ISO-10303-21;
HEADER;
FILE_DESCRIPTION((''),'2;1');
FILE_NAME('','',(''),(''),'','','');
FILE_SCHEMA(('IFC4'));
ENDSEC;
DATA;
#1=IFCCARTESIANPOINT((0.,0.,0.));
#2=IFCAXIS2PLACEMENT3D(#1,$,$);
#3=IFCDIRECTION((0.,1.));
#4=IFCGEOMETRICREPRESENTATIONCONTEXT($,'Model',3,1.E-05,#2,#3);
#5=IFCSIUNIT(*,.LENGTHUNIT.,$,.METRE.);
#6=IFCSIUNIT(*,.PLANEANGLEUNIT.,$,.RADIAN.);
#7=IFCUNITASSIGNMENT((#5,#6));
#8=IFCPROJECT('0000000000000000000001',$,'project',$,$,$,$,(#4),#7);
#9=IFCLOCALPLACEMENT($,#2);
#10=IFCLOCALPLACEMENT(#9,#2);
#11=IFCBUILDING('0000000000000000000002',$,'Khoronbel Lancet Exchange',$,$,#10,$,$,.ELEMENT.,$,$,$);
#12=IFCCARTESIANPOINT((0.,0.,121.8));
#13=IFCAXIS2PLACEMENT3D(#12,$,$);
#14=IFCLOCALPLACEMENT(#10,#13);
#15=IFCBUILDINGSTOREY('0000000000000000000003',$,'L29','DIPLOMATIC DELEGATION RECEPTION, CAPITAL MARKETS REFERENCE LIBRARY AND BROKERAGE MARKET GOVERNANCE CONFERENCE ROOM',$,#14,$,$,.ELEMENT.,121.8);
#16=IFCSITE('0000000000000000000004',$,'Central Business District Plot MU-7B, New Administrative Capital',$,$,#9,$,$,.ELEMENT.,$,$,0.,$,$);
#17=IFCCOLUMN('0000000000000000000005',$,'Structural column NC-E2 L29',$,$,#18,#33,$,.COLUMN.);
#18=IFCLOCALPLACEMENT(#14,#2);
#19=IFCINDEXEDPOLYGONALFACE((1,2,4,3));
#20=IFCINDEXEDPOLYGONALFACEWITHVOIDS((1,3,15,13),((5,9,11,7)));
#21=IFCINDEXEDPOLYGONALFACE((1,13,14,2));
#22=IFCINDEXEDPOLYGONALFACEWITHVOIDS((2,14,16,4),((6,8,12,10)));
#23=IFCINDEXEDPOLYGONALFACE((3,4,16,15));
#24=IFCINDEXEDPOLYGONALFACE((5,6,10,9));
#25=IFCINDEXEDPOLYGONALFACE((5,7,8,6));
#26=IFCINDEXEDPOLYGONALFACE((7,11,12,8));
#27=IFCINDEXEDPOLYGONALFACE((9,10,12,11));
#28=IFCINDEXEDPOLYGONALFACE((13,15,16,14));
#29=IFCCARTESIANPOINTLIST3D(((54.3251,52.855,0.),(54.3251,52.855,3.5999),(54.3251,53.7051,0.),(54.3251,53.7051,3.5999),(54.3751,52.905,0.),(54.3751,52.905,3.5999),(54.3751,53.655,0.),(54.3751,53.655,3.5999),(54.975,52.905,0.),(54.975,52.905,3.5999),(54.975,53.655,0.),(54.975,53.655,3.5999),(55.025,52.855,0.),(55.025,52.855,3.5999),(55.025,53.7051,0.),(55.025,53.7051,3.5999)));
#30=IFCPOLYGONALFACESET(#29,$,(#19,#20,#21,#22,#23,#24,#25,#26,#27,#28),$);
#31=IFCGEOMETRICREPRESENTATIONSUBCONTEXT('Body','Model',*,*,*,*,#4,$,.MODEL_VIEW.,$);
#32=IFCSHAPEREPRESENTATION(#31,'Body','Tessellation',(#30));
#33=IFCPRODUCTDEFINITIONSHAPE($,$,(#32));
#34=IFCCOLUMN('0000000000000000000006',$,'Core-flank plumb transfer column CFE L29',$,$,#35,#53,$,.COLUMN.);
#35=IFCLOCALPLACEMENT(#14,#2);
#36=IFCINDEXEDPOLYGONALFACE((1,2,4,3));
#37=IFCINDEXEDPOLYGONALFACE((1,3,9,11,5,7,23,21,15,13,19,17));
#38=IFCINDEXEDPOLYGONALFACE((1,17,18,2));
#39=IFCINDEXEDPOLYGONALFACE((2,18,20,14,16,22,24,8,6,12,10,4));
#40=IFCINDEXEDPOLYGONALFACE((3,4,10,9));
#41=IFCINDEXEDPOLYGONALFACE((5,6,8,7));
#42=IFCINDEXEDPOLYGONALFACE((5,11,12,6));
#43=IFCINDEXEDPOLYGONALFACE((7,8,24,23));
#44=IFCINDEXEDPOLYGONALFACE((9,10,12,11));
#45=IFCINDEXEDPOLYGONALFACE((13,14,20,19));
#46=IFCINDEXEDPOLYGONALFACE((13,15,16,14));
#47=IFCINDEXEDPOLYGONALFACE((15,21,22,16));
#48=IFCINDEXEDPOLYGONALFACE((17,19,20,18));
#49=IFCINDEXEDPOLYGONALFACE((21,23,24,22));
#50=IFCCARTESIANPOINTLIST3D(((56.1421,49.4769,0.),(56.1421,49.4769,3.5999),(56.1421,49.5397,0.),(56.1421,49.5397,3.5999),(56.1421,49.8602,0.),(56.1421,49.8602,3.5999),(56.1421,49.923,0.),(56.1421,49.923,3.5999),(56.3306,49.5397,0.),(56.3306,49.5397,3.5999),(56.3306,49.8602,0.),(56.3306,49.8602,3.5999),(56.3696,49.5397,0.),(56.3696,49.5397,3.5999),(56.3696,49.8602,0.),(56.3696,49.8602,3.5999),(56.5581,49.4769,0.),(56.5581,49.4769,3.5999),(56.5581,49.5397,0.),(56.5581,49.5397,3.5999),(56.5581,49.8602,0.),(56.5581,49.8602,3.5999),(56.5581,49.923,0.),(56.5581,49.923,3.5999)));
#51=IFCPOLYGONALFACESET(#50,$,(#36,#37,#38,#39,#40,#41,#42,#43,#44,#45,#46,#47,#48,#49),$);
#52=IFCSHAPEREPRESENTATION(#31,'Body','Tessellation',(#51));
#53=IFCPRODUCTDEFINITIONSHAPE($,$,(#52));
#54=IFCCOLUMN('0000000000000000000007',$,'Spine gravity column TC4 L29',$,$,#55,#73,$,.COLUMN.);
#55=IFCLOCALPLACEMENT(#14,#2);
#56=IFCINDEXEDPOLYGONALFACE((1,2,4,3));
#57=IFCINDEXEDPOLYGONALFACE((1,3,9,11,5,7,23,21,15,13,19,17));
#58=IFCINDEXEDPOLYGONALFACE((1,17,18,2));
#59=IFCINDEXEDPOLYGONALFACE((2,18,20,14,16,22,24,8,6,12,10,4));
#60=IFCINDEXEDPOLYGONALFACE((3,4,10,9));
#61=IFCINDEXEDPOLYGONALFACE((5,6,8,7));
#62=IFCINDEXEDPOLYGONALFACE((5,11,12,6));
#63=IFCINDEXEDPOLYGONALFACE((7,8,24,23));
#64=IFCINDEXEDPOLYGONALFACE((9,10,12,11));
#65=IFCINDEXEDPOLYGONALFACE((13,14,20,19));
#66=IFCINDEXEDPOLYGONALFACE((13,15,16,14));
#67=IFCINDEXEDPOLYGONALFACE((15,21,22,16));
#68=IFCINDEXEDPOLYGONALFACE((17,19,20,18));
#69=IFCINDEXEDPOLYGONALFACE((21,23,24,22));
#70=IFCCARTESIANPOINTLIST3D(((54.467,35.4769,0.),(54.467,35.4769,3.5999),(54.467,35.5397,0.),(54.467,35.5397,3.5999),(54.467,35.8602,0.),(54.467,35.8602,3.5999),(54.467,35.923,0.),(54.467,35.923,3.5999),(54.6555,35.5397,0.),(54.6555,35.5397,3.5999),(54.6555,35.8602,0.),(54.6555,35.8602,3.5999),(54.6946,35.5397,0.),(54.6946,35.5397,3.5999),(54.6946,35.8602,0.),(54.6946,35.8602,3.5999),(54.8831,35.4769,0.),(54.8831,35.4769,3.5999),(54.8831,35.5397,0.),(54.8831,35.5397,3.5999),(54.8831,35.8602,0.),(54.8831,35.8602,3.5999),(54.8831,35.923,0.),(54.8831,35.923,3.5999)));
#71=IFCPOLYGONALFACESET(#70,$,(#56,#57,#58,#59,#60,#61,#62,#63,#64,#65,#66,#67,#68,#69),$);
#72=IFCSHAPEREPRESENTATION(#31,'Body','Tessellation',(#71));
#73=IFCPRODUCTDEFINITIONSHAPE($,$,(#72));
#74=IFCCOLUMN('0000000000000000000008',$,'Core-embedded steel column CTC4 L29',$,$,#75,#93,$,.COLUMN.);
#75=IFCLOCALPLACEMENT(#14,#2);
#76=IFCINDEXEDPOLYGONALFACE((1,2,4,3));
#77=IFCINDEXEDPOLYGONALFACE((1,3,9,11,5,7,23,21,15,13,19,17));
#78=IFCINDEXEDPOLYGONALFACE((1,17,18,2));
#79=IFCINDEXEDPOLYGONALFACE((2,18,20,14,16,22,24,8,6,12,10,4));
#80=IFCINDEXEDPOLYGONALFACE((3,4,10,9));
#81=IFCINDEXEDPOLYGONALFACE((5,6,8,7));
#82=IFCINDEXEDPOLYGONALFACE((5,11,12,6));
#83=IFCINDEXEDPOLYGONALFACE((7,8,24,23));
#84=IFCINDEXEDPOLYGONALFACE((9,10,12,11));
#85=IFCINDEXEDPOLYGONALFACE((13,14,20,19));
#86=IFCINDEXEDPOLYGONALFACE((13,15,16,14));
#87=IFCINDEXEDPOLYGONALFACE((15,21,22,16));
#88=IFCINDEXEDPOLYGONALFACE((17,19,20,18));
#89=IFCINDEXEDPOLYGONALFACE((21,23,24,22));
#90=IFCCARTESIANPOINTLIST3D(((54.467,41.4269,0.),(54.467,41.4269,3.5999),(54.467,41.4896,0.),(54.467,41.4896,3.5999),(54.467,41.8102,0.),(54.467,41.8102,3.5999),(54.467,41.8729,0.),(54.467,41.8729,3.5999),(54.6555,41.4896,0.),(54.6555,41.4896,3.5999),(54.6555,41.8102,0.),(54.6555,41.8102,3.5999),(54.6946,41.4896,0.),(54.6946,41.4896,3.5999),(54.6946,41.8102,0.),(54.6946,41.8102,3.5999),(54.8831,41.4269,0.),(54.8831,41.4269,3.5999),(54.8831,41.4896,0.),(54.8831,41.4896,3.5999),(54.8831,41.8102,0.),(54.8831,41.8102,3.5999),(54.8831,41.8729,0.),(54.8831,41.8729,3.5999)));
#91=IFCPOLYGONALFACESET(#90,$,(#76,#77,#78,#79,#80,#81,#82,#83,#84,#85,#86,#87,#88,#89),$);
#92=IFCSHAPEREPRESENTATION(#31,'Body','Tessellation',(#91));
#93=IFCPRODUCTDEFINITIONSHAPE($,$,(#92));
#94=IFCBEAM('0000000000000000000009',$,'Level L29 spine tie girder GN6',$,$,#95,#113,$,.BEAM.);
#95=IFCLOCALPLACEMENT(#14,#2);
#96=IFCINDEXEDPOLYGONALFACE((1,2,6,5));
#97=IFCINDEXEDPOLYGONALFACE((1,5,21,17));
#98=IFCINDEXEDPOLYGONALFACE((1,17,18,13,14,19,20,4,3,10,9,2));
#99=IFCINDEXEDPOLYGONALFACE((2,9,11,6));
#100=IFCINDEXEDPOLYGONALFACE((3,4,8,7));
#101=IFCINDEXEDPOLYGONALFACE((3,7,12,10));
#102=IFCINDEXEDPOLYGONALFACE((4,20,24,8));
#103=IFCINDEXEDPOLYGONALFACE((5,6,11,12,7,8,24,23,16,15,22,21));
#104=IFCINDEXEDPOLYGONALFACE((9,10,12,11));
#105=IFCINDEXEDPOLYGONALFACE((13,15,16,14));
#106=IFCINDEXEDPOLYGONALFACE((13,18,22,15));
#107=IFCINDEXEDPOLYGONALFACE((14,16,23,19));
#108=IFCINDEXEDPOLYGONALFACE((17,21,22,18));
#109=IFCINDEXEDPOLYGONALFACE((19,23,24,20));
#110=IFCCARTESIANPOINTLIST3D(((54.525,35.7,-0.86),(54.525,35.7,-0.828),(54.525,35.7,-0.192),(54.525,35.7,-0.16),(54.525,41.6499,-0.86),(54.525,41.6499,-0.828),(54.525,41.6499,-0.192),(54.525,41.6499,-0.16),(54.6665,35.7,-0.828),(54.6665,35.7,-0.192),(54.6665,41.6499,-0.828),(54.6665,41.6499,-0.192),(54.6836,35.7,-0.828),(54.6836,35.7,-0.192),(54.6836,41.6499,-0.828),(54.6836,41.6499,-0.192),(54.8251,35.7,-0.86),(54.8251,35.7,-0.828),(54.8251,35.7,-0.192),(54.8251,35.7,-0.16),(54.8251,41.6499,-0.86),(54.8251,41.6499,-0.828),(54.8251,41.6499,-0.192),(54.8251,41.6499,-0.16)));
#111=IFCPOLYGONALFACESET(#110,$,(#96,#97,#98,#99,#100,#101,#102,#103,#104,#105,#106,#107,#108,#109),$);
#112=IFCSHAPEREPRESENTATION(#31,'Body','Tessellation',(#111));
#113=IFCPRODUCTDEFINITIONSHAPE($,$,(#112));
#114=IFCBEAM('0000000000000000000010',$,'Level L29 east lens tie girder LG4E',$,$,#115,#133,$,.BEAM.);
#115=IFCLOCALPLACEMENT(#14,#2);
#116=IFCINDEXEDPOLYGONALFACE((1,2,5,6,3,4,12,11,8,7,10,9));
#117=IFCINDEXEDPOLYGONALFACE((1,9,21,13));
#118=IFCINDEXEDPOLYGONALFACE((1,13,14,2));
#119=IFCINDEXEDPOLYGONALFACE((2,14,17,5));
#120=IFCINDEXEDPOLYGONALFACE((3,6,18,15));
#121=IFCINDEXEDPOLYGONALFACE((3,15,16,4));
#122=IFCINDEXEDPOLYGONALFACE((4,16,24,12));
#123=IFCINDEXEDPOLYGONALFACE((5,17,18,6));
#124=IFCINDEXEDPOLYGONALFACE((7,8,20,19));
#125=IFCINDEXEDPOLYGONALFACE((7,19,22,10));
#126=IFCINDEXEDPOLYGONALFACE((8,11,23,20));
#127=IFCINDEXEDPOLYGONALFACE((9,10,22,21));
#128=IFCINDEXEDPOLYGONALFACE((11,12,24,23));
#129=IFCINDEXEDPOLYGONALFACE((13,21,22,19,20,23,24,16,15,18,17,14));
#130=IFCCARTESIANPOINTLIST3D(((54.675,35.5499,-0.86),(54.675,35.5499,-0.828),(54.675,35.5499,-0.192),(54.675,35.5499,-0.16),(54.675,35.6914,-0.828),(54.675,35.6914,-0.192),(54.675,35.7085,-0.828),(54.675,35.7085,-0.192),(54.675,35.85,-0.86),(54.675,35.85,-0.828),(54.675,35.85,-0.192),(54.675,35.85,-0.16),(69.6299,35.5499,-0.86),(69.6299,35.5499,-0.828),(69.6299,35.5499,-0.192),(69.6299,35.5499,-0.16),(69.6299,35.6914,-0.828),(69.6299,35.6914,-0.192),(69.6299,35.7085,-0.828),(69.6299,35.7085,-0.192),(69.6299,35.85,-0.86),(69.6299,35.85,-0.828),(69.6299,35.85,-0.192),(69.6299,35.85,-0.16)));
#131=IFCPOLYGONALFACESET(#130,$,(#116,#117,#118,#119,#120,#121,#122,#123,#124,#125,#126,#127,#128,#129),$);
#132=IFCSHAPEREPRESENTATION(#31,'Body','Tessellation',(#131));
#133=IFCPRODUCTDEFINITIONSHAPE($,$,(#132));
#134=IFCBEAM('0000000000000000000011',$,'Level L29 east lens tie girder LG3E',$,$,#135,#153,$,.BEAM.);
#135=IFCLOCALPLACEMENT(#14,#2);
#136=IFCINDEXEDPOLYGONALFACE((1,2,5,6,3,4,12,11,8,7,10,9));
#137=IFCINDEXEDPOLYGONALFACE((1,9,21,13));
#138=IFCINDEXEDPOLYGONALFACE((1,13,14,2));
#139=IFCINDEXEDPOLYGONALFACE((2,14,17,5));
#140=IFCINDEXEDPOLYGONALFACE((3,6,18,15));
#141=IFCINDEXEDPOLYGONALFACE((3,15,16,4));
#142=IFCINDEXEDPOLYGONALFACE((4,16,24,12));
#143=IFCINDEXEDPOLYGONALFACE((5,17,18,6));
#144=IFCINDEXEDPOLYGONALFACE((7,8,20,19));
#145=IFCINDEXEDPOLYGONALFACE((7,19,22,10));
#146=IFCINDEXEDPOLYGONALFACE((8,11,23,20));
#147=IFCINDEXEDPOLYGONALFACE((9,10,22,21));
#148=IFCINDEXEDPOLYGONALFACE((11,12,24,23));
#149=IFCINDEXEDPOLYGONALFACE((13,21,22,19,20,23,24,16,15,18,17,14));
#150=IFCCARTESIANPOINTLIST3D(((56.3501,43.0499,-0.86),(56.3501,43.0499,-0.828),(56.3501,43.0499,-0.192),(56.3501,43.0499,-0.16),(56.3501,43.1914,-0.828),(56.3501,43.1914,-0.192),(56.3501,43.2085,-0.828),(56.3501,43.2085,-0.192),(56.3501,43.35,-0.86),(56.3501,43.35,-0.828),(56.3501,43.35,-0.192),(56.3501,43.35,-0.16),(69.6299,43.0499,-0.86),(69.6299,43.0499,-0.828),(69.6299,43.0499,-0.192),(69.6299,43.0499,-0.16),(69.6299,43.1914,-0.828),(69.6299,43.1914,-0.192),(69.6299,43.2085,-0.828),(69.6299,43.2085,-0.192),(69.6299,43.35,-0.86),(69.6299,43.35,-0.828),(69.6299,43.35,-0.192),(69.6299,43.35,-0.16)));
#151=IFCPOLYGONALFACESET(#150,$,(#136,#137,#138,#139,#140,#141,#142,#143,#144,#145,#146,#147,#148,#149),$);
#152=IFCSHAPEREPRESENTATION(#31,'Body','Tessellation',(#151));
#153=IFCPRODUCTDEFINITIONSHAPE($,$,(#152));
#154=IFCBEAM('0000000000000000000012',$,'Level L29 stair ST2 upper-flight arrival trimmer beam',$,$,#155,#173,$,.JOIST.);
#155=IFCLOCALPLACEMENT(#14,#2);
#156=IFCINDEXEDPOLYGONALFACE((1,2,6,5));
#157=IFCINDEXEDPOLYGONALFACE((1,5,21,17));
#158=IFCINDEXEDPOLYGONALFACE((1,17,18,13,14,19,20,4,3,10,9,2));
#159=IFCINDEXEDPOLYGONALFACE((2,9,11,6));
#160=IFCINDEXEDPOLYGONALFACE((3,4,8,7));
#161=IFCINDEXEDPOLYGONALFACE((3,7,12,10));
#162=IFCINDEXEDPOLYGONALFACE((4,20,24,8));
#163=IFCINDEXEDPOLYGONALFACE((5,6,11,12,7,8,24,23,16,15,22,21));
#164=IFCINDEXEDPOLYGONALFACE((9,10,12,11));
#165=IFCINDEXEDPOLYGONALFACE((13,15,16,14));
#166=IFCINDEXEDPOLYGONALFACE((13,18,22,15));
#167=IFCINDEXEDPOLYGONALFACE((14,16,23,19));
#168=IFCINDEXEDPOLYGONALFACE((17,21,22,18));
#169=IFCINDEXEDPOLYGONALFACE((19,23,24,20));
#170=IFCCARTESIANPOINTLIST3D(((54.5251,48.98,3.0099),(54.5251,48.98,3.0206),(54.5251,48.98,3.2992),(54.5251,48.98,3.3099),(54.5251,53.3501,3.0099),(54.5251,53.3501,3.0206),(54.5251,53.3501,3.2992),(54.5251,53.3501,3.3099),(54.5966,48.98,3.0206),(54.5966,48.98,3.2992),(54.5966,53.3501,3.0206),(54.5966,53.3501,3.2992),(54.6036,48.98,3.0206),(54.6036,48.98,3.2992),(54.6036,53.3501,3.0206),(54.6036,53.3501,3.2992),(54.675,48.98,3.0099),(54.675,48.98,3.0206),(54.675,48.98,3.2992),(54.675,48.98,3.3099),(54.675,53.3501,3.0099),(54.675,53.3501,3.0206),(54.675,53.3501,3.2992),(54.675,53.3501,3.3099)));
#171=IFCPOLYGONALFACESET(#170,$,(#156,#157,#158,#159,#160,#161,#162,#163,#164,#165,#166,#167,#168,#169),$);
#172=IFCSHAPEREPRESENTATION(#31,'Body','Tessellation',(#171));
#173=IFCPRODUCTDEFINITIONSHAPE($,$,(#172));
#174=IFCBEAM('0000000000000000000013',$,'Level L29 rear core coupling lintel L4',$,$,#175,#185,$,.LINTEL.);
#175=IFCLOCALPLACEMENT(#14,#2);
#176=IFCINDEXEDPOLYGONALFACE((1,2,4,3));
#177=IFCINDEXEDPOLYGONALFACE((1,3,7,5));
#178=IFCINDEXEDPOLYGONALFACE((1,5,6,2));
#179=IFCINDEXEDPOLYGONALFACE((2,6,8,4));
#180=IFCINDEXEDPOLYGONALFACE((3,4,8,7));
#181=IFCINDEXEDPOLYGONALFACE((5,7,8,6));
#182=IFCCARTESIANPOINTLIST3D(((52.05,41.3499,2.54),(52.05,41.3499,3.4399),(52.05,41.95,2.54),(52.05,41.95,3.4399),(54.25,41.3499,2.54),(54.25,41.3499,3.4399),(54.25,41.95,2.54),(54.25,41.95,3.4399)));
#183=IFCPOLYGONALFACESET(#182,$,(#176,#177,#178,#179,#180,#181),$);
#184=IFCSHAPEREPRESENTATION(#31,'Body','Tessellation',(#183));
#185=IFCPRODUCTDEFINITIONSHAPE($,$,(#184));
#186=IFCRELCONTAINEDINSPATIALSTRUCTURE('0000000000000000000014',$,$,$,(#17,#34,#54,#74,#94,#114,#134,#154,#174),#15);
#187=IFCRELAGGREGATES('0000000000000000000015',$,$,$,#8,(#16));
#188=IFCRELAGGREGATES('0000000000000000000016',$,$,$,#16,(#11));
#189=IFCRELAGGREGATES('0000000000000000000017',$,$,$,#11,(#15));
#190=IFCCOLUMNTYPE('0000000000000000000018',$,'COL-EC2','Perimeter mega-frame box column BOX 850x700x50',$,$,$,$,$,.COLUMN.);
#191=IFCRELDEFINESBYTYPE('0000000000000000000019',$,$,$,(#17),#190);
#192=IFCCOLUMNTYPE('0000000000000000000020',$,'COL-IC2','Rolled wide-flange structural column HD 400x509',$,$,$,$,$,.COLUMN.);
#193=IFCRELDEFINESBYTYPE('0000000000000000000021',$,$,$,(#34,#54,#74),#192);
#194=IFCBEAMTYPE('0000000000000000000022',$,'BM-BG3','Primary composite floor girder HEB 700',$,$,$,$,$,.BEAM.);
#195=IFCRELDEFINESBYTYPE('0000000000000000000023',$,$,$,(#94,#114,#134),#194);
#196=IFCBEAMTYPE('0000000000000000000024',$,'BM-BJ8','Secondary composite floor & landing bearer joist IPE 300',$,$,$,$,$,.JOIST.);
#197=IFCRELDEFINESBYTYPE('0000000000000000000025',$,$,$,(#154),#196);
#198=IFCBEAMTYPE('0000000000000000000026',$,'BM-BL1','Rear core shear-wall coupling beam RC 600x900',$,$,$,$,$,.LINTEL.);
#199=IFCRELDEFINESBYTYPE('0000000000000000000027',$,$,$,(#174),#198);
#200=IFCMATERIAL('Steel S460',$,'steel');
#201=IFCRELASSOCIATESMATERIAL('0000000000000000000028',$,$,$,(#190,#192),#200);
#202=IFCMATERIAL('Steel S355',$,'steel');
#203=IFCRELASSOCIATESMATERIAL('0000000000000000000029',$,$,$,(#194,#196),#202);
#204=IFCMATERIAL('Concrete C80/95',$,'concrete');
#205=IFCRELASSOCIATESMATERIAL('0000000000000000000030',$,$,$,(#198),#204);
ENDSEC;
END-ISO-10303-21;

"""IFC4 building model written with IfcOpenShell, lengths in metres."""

from ifc_helpers import new_model, si_unit, direction, frame, origin, origin_2d, place, context, subcontext, project, spatial, rectangle, hollow_rectangle, i_section, extrude, material, material_profile, profile_set, type_object, element, save


model = new_model("IFC4")

# Units and contexts
model_context = context("Model", 3, precision=1e-05, world=origin(), true_north=direction((0.0, 1.0)))
body_context = subcontext(model_context, "Body", "Model", "MODEL_VIEW")
ifc_project = project(units=[si_unit("LENGTHUNIT", "METRE"), si_unit("PLANEANGLEUNIT", "RADIAN")], contexts=[model_context])

# Site, building, storey
site_placement = place(None, origin())
site = spatial("IfcSite", under=ifc_project, at=site_placement, Name="Central Business District Plot MU-7B, New Administrative Capital", CompositionType="ELEMENT", RefElevation=0.0)
building_placement = place(site_placement, origin())
building = spatial("IfcBuilding", under=site, at=building_placement, Name="Khoronbel Lancet Exchange", CompositionType="ELEMENT")
storey_placement = place(building_placement, frame((0.0, 0.0, 121.8)))
storey = spatial("IfcBuildingStorey", under=building, at=storey_placement, Name="L29", Description="DIPLOMATIC DELEGATION RECEPTION, CAPITAL MARKETS REFERENCE LIBRARY AND BROKERAGE MARKET GOVERNANCE CONFERENCE ROOM", CompositionType="ELEMENT", Elevation=121.8)

# Columns
ifc_material_1 = material(Name="Steel S460", Category="steel")
ifc_material_profile_1 = material_profile(ifc_material_1, hollow_rectangle(XDim=0.7, YDim=0.8501, WallThickness=0.05, at=origin_2d()), Name="BOX 850x700x50")
ifc_profile_set_1 = profile_set([ifc_material_profile_1], Name="Steel S460")
column_type_1 = type_object("IfcColumnType", Name="COL-EC2", Description="Perimeter mega-frame box column BOX 850x700x50", PredefinedType="COLUMN", material=ifc_profile_set_1)
column_placement = place(storey_placement, frame((54.675, 53.28, 0.0), z_axis=(0.0, 0.0, 1.0), x_axis=(1.0, 0.0, 0.0)))
element("IfcColumn", 1, at=column_placement, inside=storey, type_object=column_type_1, Name="Structural column NC-E2 L29", PredefinedType="COLUMN", context=body_context, shape_type="SweptSolid", body=[
    extrude(hollow_rectangle(XDim=0.7, YDim=0.8501, WallThickness=0.05, at=origin_2d()), origin(), (0.0, 0.0, 1.0), 3.5999),
])
ifc_material_profile_2 = material_profile(ifc_material_1, i_section(OverallWidth=0.416, OverallDepth=0.446, WebThickness=0.0391, FlangeThickness=0.0627, at=origin_2d()), Name="HD 400x509")
ifc_profile_set_2 = profile_set([ifc_material_profile_2], Name="Steel S460")
column_type_2 = type_object("IfcColumnType", Name="COL-IC2", Description="Rolled wide-flange structural column HD 400x509", PredefinedType="COLUMN", material=ifc_profile_set_2)
for number, where, z_axis, x_axis, name in (
    (2, (56.3501, 49.7, 0.0), (0.0, 0.0, 1.0), (1.0, 0.0, 0.0), "Core-flank plumb transfer column CFE L29"),
    (3, (54.675, 35.7, 0.0), (0.0, 0.0, 1.0), (1.0, 0.0, 0.0), "Spine gravity column TC4 L29"),
    (4, (54.675, 41.6499, 0.0), (0.0, 0.0, 1.0), (1.0, 0.0, 0.0), "Core-embedded steel column CTC4 L29"),
):
    element("IfcColumn", number, at=place(storey_placement, frame(where, z_axis=z_axis, x_axis=x_axis)), inside=storey, type_object=column_type_2, Name=name, PredefinedType="COLUMN", context=body_context, shape_type="SweptSolid", body=[
        extrude(i_section(OverallWidth=0.416, OverallDepth=0.446, WebThickness=0.0391, FlangeThickness=0.0627, at=origin_2d()), origin(), (0.0, 0.0, 1.0), 3.5999),
    ])

# Beams
ifc_material_2 = material(Name="Steel S355", Category="steel")
ifc_material_profile_3 = material_profile(ifc_material_2, i_section(OverallWidth=0.3, OverallDepth=0.7, WebThickness=0.0171, FlangeThickness=0.032, at=origin_2d()), Name="HEB 700")
ifc_profile_set_3 = profile_set([ifc_material_profile_3], Name="Steel S355")
beam_type_1 = type_object("IfcBeamType", Name="BM-BG3", Description="Primary composite floor girder HEB 700", PredefinedType="BEAM", material=ifc_profile_set_3)
beam_1_placement = place(storey_placement, frame((54.675, 35.7, -0.51), z_axis=(0.0, 1.0, 0.0), x_axis=(-1.0, 0.0, 0.0)))
element("IfcBeam", 5, at=beam_1_placement, inside=storey, type_object=beam_type_1, Name="Level L29 spine tie girder GN6", PredefinedType="BEAM", context=body_context, shape_type="SweptSolid", body=[
    extrude(i_section(OverallWidth=0.3, OverallDepth=0.7, WebThickness=0.0171, FlangeThickness=0.032, at=origin_2d()), origin(), (0.0, 0.0, 1.0), 5.95),
])
beam_2_placement = place(storey_placement, frame((54.675, 35.7, -0.51), z_axis=(1.0, 0.0, 0.0), x_axis=(0.0, 1.0, 0.0)))
element("IfcBeam", 6, at=beam_2_placement, inside=storey, type_object=beam_type_1, Name="Level L29 east lens tie girder LG4E", PredefinedType="BEAM", context=body_context, shape_type="SweptSolid", body=[
    extrude(i_section(OverallWidth=0.3, OverallDepth=0.7, WebThickness=0.0171, FlangeThickness=0.032, at=origin_2d()), origin(), (0.0, 0.0, 1.0), 14.9548),
])
beam_3_placement = place(storey_placement, frame((56.3501, 43.2, -0.51), z_axis=(1.0, 0.0, 0.0), x_axis=(0.0, 1.0, 0.0)))
element("IfcBeam", 7, at=beam_3_placement, inside=storey, type_object=beam_type_1, Name="Level L29 east lens tie girder LG3E", PredefinedType="BEAM", context=body_context, shape_type="SweptSolid", body=[
    extrude(i_section(OverallWidth=0.3, OverallDepth=0.7, WebThickness=0.0171, FlangeThickness=0.032, at=origin_2d()), origin(), (0.0, 0.0, 1.0), 13.2798),
])
ifc_material_profile_4 = material_profile(ifc_material_2, i_section(OverallWidth=0.1499, OverallDepth=0.3, WebThickness=0.0071, FlangeThickness=0.0107, at=origin_2d()), Name="IPE 300")
ifc_profile_set_4 = profile_set([ifc_material_profile_4], Name="Steel S355")
beam_type_2 = type_object("IfcBeamType", Name="BM-BJ8", Description="Secondary composite floor & landing bearer joist IPE 300", PredefinedType="JOIST", material=ifc_profile_set_4)
beam_4_placement = place(storey_placement, frame((54.6001, 48.98, 3.1599), z_axis=(0.0, 1.0, 0.0), x_axis=(-1.0, 0.0, 0.0)))
element("IfcBeam", 8, at=beam_4_placement, inside=storey, type_object=beam_type_2, Name="Level L29 stair ST2 upper-flight arrival trimmer beam", PredefinedType="JOIST", context=body_context, shape_type="SweptSolid", body=[
    extrude(i_section(OverallWidth=0.1499, OverallDepth=0.3, WebThickness=0.0071, FlangeThickness=0.0107, at=origin_2d()), origin(), (0.0, 0.0, 1.0), 4.3701),
])
ifc_material_3 = material(Name="Concrete C80/95", Category="concrete")
ifc_material_profile_5 = material_profile(ifc_material_3, rectangle(XDim=0.6001, YDim=0.8999, at=origin_2d()), Name="RC 600x900")
ifc_profile_set_5 = profile_set([ifc_material_profile_5], Name="Concrete C80/95")
beam_type_3 = type_object("IfcBeamType", Name="BM-BL1", Description="Rear core shear-wall coupling beam RC 600x900", PredefinedType="LINTEL", material=ifc_profile_set_5)
beam_5_placement = place(storey_placement, frame((52.05, 41.6499, 2.99), z_axis=(1.0, 0.0, 0.0), x_axis=(0.0, 1.0, 0.0)))
element("IfcBeam", 9, at=beam_5_placement, inside=storey, type_object=beam_type_3, Name="Level L29 rear core coupling lintel L4", PredefinedType="LINTEL", context=body_context, shape_type="SweptSolid", body=[
    extrude(rectangle(XDim=0.6001, YDim=0.8999, at=origin_2d()), origin(), (0.0, 0.0, 1.0), 2.2),
])

save(model, "model.ifc")
